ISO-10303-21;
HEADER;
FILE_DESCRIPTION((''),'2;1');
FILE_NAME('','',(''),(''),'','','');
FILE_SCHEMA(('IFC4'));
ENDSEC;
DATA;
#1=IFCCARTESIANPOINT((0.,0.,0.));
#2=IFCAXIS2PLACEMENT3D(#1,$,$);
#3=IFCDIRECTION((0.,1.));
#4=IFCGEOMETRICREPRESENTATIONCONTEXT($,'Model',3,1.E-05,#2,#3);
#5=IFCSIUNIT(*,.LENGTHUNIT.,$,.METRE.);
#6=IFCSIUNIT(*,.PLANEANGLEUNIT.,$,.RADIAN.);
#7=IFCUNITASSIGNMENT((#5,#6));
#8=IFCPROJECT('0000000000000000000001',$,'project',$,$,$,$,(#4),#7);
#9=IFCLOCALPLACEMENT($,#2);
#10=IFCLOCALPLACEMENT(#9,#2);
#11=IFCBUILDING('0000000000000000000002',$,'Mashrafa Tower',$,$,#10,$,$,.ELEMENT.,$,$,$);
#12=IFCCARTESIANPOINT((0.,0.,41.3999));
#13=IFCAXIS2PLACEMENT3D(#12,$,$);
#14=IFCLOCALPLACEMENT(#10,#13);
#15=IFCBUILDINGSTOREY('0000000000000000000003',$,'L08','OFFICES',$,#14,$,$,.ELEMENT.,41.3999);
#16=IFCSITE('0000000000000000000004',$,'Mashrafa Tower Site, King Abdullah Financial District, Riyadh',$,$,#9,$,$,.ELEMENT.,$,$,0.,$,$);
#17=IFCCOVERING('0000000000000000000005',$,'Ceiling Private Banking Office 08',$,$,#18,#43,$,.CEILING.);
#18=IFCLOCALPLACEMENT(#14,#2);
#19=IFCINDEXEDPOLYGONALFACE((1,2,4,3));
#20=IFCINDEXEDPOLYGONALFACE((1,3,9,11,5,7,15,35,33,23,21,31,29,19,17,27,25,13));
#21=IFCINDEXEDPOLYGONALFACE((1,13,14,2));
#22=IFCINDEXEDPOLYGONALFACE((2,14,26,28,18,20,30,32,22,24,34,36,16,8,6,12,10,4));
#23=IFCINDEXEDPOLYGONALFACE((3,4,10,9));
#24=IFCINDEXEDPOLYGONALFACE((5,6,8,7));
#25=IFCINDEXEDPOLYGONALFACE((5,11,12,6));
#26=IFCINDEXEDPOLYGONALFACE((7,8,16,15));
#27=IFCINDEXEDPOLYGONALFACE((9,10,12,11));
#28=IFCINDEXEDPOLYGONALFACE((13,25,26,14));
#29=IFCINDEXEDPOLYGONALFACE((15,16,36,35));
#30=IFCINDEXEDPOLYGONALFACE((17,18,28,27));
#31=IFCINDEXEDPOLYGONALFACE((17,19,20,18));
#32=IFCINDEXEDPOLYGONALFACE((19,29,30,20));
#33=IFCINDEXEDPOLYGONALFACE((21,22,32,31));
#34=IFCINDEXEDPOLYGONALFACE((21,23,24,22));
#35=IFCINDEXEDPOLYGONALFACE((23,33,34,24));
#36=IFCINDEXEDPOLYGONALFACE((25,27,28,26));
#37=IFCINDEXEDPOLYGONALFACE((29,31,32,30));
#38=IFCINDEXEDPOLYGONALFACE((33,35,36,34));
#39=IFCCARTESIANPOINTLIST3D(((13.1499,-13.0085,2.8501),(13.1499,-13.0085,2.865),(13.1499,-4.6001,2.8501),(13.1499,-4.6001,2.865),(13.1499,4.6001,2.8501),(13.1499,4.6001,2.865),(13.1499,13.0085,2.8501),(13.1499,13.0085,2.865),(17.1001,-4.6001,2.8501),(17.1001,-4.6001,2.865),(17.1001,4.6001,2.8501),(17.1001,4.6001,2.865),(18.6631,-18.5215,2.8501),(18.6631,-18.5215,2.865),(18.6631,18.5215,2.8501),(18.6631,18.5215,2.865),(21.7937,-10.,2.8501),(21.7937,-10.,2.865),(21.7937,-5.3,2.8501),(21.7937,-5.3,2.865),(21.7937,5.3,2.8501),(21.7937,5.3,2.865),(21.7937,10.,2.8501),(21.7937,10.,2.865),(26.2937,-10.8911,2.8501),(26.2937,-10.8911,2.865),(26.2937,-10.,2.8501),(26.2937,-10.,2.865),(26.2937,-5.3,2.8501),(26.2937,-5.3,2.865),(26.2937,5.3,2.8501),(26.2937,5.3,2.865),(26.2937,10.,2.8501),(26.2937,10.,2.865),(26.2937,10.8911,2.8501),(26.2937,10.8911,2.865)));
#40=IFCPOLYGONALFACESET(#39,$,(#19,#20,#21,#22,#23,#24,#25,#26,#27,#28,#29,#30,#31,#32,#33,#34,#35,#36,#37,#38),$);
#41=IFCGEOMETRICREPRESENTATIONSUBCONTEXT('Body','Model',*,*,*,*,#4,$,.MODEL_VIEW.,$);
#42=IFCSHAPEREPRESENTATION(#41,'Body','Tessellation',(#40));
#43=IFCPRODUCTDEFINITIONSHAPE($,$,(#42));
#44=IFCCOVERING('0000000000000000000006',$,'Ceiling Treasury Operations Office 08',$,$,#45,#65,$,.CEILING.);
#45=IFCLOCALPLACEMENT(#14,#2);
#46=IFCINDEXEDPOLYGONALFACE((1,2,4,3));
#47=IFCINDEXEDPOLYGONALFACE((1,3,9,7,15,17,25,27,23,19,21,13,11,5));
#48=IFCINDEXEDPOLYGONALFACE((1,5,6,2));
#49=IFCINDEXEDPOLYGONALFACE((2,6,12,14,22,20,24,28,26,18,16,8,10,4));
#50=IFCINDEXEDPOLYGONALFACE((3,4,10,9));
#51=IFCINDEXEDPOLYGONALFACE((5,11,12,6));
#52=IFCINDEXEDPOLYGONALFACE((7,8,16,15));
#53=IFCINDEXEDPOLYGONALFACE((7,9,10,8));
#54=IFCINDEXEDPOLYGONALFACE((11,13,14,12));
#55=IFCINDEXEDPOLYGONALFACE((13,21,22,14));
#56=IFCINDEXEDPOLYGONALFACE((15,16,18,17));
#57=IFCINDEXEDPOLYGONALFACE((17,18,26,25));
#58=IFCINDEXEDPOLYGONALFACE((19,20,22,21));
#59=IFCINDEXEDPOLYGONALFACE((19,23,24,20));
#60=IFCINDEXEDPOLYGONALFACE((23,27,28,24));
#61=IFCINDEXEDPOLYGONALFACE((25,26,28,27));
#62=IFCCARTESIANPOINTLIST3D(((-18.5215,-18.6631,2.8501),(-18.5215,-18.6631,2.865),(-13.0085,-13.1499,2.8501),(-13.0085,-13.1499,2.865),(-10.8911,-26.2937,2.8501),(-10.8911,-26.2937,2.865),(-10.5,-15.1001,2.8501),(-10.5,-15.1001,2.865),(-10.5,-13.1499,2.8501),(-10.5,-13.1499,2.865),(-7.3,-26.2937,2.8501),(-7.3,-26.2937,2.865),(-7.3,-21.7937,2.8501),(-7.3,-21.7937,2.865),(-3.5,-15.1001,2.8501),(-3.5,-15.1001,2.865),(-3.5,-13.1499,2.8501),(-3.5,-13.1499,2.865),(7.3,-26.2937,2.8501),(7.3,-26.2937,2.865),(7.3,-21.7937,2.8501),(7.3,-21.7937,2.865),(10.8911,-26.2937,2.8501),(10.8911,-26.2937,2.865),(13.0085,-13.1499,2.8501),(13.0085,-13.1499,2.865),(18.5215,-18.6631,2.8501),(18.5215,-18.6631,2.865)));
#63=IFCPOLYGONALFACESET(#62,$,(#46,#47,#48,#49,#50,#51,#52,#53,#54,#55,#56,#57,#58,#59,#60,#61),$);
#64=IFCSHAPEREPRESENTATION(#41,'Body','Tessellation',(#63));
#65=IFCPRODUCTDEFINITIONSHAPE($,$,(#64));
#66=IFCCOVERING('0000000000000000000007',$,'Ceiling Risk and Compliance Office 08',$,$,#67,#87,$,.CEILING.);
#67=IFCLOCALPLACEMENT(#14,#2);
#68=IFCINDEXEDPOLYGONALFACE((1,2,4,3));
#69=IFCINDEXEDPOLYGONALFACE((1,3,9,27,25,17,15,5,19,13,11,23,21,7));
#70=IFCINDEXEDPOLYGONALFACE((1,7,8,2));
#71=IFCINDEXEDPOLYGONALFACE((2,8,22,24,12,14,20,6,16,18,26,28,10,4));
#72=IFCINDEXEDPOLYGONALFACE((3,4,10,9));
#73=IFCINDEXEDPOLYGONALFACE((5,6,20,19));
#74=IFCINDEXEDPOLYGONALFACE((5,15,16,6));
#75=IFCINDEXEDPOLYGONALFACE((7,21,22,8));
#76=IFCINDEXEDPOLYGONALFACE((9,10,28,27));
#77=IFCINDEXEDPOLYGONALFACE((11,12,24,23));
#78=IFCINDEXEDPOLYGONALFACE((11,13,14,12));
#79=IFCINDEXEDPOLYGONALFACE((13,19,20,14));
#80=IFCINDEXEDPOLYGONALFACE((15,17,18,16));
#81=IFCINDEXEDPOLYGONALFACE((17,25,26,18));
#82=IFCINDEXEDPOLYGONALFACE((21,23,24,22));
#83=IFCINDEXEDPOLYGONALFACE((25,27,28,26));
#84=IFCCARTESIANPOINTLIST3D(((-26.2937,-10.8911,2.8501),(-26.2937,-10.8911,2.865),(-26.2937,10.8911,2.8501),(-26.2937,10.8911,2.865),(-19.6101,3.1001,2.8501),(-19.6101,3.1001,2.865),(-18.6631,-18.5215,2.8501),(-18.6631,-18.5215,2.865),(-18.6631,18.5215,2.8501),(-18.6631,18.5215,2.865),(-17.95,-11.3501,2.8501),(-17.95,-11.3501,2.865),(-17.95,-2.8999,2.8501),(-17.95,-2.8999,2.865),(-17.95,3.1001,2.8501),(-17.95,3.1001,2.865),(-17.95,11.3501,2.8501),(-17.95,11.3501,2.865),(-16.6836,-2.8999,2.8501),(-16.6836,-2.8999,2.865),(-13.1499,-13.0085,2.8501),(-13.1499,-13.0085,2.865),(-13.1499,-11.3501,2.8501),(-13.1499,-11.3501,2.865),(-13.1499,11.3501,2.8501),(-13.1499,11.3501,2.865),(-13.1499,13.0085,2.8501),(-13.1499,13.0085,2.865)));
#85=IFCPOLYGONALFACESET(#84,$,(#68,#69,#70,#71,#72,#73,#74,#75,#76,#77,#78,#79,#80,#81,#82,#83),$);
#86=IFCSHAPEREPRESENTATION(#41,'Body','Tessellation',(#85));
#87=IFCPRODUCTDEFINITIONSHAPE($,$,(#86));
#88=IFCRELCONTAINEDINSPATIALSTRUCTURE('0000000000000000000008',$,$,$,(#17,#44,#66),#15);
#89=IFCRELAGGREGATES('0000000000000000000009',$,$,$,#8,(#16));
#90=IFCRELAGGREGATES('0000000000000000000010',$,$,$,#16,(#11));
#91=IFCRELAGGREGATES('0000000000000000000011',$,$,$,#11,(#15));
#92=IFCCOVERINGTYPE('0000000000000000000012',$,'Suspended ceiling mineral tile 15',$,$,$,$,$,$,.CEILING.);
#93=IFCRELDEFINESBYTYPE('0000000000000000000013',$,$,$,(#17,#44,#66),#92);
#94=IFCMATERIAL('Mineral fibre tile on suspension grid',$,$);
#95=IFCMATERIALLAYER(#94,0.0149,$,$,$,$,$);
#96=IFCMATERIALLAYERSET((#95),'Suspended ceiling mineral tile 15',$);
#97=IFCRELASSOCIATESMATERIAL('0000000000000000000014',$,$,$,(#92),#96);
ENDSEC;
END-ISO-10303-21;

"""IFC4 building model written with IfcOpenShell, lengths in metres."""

from ifc_helpers import new_model, si_unit, direction, frame, origin, place, context, subcontext, project, spatial, polyline, outline, extrude, material, layer, layer_set, type_object, element, save


model = new_model("IFC4")

# Units and contexts
model_context = context("Model", 3, precision=1e-05, world=origin(), true_north=direction((0.0, 1.0)))
body_context = subcontext(model_context, "Body", "Model", "MODEL_VIEW")
ifc_project = project(units=[si_unit("LENGTHUNIT", "METRE"), si_unit("PLANEANGLEUNIT", "RADIAN")], contexts=[model_context])

# Site, building, storey
site_placement = place(None, origin())
site = spatial("IfcSite", under=ifc_project, at=site_placement, Name="Mashrafa Tower Site, King Abdullah Financial District, Riyadh", CompositionType="ELEMENT", RefElevation=0.0)
building_placement = place(site_placement, origin())
building = spatial("IfcBuilding", under=site, at=building_placement, Name="Mashrafa Tower", CompositionType="ELEMENT")
storey_placement = place(building_placement, frame((0.0, 0.0, 41.3999)))
storey = spatial("IfcBuildingStorey", under=building, at=storey_placement, Name="L08", Description="OFFICES", CompositionType="ELEMENT", Elevation=41.3999)

# Coverings
ifc_material_1 = material(Name="Mineral fibre tile on suspension grid")
ifc_layer_1 = layer(ifc_material_1, 0.0149)
ifc_layer_set_1 = layer_set([ifc_layer_1], Name="Suspended ceiling mineral tile 15")
covering_type = type_object("IfcCoveringType", Name="Suspended ceiling mineral tile 15", PredefinedType="CEILING", material=ifc_layer_set_1)
covering_1_placement = place(storey_placement, frame((0.0, 0.0, 2.8501)))
element("IfcCovering", 1, at=covering_1_placement, inside=storey, type_object=covering_type, Name="Ceiling Private Banking Office 08", PredefinedType="CEILING", context=body_context, shape_type="SweptSolid", body=[
    extrude(outline(polyline([(13.1499, 13.0085), (18.6631, 18.5215), (26.2937, 10.8911), (26.2937, 10.0), (21.7937, 10.0), (21.7937, 5.3), (26.2937, 5.3), (26.2937, -5.3), (21.7937, -5.3), (21.7937, -10.0), (26.2937, -10.0), (26.2937, -10.8911), (18.6631, -18.5215), (13.1499, -13.0085), (13.1499, -4.6001), (17.1001, -4.6001), (17.1001, 4.6001), (13.1499, 4.6001), (13.1499, 13.0085)])), origin(), (0.0, 0.0, 1.0), 0.0149),
])
covering_2_placement = place(storey_placement, frame((0.0, 0.0, 2.8501)))
element("IfcCovering", 2, at=covering_2_placement, inside=storey, type_object=covering_type, Name="Ceiling Treasury Operations Office 08", PredefinedType="CEILING", context=body_context, shape_type="SweptSolid", body=[
    extrude(outline(polyline([(13.0085, -13.1499), (18.5215, -18.6631), (10.8911, -26.2937), (7.3, -26.2937), (7.3, -21.7937), (-7.3, -21.7937), (-7.3, -26.2937), (-10.8911, -26.2937), (-18.5215, -18.6631), (-13.0085, -13.1499), (-10.5, -13.1499), (-10.5, -15.1001), (-3.5, -15.1001), (-3.5, -13.1499), (13.0085, -13.1499)])), origin(), (0.0, 0.0, 1.0), 0.0149),
])
covering_3_placement = place(storey_placement, frame((0.0, 0.0, 2.8501)))
element("IfcCovering", 3, at=covering_3_placement, inside=storey, type_object=covering_type, Name="Ceiling Risk and Compliance Office 08", PredefinedType="CEILING", context=body_context, shape_type="SweptSolid", body=[
    extrude(outline(polyline([(-13.1499, -13.0085), (-18.6631, -18.5215), (-26.2937, -10.8911), (-26.2937, 10.8911), (-18.6631, 18.5215), (-13.1499, 13.0085), (-13.1499, 11.3501), (-17.95, 11.3501), (-17.95, 3.1001), (-19.6101, 3.1001), (-16.6836, -2.8999), (-17.95, -2.8999), (-17.95, -11.3501), (-13.1499, -11.3501), (-13.1499, -13.0085)])), origin(), (0.0, 0.0, 1.0), 0.0149),
])

save(model, "model.ifc")
